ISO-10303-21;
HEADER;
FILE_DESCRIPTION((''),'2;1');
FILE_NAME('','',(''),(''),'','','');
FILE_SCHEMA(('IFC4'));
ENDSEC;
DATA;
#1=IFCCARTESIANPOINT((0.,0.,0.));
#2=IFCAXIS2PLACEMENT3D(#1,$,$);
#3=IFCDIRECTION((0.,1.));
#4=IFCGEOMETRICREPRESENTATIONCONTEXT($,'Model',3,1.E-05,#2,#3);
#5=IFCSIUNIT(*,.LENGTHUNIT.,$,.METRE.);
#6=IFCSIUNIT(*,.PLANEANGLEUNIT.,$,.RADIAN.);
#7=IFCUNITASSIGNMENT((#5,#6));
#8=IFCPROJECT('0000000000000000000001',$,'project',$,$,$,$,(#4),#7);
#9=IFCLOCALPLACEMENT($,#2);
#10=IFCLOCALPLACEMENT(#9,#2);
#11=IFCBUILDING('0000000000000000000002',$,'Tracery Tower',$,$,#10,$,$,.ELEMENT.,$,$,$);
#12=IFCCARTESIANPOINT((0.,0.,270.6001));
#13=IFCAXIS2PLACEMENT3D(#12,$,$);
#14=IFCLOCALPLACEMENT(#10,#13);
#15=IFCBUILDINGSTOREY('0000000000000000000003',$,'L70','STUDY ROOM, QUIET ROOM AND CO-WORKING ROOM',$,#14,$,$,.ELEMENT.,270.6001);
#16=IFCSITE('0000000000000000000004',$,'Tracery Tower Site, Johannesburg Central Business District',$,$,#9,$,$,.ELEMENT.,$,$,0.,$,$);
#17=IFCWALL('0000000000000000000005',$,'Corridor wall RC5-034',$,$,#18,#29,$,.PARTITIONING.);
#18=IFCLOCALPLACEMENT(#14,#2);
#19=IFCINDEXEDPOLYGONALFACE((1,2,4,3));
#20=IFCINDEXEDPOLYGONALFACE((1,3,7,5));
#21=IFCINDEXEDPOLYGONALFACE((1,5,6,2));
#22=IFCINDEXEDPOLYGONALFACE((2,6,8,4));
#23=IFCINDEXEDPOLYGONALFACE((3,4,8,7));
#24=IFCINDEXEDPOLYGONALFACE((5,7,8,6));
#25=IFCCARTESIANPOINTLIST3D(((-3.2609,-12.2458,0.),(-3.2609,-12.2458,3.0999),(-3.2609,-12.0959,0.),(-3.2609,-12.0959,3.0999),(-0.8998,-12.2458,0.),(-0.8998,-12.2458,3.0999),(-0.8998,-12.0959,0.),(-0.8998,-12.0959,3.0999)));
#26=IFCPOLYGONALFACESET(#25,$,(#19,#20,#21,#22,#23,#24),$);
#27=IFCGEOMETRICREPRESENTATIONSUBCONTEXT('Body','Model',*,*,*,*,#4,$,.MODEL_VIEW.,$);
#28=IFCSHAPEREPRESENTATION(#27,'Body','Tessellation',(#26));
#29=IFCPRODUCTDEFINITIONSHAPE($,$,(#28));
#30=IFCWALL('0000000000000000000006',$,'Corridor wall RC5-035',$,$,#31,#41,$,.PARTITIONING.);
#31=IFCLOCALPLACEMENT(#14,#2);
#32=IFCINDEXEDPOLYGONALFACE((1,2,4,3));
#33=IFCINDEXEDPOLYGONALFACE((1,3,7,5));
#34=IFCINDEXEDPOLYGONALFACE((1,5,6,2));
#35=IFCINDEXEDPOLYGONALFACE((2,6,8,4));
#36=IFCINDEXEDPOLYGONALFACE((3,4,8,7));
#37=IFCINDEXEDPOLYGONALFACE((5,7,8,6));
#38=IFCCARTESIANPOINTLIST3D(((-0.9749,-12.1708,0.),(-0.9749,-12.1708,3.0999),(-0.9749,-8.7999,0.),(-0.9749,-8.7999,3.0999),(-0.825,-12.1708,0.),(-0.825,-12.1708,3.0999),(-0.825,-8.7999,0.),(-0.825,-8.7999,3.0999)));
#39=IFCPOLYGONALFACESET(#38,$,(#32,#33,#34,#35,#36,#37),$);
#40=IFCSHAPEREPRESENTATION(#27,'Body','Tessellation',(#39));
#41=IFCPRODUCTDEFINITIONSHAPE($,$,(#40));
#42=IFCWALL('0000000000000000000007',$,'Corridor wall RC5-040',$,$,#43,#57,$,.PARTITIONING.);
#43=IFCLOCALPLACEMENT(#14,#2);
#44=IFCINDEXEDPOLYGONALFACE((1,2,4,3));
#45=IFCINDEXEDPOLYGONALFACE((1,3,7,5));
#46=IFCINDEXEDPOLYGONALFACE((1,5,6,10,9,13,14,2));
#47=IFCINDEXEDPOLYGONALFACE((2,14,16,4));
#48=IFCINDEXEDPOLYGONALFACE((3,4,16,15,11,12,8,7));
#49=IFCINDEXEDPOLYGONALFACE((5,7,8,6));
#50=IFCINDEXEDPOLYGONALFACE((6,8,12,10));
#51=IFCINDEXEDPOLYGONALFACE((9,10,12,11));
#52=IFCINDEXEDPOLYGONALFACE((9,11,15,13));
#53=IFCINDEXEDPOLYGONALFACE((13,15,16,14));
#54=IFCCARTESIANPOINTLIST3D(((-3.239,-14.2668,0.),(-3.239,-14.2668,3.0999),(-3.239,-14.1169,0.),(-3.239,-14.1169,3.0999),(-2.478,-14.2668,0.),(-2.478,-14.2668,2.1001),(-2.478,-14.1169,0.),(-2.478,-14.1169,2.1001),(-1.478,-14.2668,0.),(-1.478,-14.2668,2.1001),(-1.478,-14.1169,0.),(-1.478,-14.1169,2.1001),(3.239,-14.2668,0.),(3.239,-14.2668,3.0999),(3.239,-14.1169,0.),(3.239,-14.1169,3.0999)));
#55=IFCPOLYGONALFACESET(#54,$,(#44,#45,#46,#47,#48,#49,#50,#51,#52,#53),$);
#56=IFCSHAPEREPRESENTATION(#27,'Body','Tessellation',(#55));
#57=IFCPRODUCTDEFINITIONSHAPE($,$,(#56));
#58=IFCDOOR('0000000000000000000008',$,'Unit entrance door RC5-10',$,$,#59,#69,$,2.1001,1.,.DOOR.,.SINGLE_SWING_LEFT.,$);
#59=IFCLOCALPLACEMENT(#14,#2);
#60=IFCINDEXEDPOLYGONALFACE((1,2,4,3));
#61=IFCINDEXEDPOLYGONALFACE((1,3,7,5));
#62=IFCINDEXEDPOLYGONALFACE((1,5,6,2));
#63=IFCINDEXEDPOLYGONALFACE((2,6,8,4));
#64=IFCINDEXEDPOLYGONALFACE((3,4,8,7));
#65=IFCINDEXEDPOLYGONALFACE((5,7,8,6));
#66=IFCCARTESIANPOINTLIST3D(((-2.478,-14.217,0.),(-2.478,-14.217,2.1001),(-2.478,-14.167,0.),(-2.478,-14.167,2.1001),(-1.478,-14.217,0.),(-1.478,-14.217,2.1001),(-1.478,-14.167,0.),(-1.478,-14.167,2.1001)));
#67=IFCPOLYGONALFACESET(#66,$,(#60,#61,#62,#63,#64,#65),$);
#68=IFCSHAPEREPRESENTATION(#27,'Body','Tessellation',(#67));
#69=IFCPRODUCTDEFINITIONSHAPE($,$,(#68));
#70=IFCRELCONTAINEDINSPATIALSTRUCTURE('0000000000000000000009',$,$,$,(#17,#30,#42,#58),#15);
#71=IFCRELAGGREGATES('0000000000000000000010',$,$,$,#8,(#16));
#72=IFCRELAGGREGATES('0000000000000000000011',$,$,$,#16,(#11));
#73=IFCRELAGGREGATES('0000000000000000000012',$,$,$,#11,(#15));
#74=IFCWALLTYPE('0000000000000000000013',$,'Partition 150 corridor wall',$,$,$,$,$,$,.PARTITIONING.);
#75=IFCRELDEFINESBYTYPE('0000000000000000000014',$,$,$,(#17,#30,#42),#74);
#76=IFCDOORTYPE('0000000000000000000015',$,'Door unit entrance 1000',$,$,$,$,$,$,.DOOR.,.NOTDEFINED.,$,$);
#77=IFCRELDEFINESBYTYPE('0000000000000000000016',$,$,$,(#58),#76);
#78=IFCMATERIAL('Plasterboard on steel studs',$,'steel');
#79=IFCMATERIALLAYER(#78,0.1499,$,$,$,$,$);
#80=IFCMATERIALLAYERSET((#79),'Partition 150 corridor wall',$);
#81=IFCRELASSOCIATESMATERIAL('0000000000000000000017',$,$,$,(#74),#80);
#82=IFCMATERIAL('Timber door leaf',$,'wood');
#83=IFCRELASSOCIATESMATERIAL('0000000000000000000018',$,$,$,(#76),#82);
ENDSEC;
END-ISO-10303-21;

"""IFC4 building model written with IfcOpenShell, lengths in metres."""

from ifc_helpers import new_model, si_unit, direction, frame, frame_2d, origin, place, context, subcontext, project, spatial, rectangle, extrude, material, layer, layer_set, type_object, element, fill, save


model = new_model("IFC4")

# Units and contexts
model_context = context("Model", 3, precision=1e-05, world=origin(), true_north=direction((0.0, 1.0)))
body_context = subcontext(model_context, "Body", "Model", "MODEL_VIEW")
ifc_project = project(units=[si_unit("LENGTHUNIT", "METRE"), si_unit("PLANEANGLEUNIT", "RADIAN")], contexts=[model_context])

# Site, building, storey
site_placement = place(None, origin())
site = spatial("IfcSite", under=ifc_project, at=site_placement, Name="Tracery Tower Site, Johannesburg Central Business District", CompositionType="ELEMENT", RefElevation=0.0)
building_placement = place(site_placement, origin())
building = spatial("IfcBuilding", under=site, at=building_placement, Name="Tracery Tower", CompositionType="ELEMENT")
storey_placement = place(building_placement, frame((0.0, 0.0, 270.6001)))
storey = spatial("IfcBuildingStorey", under=building, at=storey_placement, Name="L70", Description="STUDY ROOM, QUIET ROOM AND CO-WORKING ROOM", CompositionType="ELEMENT", Elevation=270.6001)

# Walls
ifc_material_1 = material(Name="Plasterboard on steel studs", Category="steel")
ifc_layer_1 = layer(ifc_material_1, 0.1499)
ifc_layer_set_1 = layer_set([ifc_layer_1], Name="Partition 150 corridor wall")
wall_type_1 = type_object("IfcWallType", Name="Partition 150 corridor wall", PredefinedType="PARTITIONING", material=ifc_layer_set_1)
wall_1_placement = place(storey_placement, frame((-3.261, -12.1709, 0.0), z_axis=(0.0, 0.0, 1.0), x_axis=(1.0, 0.0, 0.0)))
element("IfcWall", 1, at=wall_1_placement, inside=storey, type_object=wall_type_1, Name="Corridor wall RC5-034", PredefinedType="PARTITIONING", context=body_context, shape_type="SweptSolid", body=[
    extrude(rectangle(XDim=2.3611, YDim=0.1499, at=frame_2d((1.1807, 0.0))), origin(), (0.0, 0.0, 1.0), 3.0999),
])
wall_2_placement = place(storey_placement, frame((-0.8999, -12.1709, 0.0), z_axis=(0.0, 0.0, 1.0), x_axis=(0.0, 1.0, 0.0)))
element("IfcWall", 2, at=wall_2_placement, inside=storey, type_object=wall_type_1, Name="Corridor wall RC5-035", PredefinedType="PARTITIONING", context=body_context, shape_type="SweptSolid", body=[
    extrude(rectangle(XDim=3.3708, YDim=0.1499, at=frame_2d((1.6855, 0.0))), origin(), (0.0, 0.0, 1.0), 3.0999),
])

# Wall, opening, door
wall_3_placement = place(storey_placement, frame((-3.239, -14.1919, 0.0), z_axis=(0.0, 0.0, 1.0), x_axis=(1.0, 0.0, 0.0)))
wall_3 = element("IfcWall", 3, at=wall_3_placement, inside=storey, type_object=wall_type_1, Name="Corridor wall RC5-040", PredefinedType="PARTITIONING", context=body_context, shape_type="SweptSolid", body=[
    extrude(rectangle(XDim=6.478, YDim=0.1499, at=frame_2d((3.239, 0.0))), origin(), (0.0, 0.0, 1.0), 3.0999),
])
opening_1_placement = place(wall_3_placement, frame((0.761, 0.0, 0.0)))
opening_1 = element("IfcOpeningElement", 4, at=opening_1_placement, cuts=wall_3, PredefinedType="OPENING", context=body_context, shape_type="SweptSolid", body=[
    extrude(rectangle(XDim=1.0, YDim=2.1001, at=frame_2d((0.5, 1.05))), frame((0.0, 0.075, 0.0), z_axis=(0.0, -1.0, 0.0), x_axis=(1.0, 0.0, 0.0)), (0.0, 0.0, 1.0), 0.1499),
])
ifc_material_2 = material(Name="Timber door leaf", Category="wood")
door_type_1 = type_object("IfcDoorType", Name="Door unit entrance 1000", OperationType="NOTDEFINED", PredefinedType="DOOR", material=ifc_material_2)
door_1_placement = place(opening_1_placement, origin())
door_1 = element("IfcDoor", 5, at=door_1_placement, inside=storey, type_object=door_type_1, Name="Unit entrance door RC5-10", OperationType="SINGLE_SWING_LEFT", OverallHeight=2.1001, OverallWidth=1.0, PredefinedType="DOOR", context=body_context, shape_type="SweptSolid", body=[
    extrude(rectangle(XDim=1.0, YDim=2.1001, at=frame_2d((0.5, 1.05))), frame((0.0, 0.0249, 0.0), z_axis=(0.0, -1.0, 0.0), x_axis=(1.0, 0.0, 0.0)), (0.0, 0.0, 1.0), 0.05),
])
fill(opening_1, door_1)

save(model, "model.ifc")
